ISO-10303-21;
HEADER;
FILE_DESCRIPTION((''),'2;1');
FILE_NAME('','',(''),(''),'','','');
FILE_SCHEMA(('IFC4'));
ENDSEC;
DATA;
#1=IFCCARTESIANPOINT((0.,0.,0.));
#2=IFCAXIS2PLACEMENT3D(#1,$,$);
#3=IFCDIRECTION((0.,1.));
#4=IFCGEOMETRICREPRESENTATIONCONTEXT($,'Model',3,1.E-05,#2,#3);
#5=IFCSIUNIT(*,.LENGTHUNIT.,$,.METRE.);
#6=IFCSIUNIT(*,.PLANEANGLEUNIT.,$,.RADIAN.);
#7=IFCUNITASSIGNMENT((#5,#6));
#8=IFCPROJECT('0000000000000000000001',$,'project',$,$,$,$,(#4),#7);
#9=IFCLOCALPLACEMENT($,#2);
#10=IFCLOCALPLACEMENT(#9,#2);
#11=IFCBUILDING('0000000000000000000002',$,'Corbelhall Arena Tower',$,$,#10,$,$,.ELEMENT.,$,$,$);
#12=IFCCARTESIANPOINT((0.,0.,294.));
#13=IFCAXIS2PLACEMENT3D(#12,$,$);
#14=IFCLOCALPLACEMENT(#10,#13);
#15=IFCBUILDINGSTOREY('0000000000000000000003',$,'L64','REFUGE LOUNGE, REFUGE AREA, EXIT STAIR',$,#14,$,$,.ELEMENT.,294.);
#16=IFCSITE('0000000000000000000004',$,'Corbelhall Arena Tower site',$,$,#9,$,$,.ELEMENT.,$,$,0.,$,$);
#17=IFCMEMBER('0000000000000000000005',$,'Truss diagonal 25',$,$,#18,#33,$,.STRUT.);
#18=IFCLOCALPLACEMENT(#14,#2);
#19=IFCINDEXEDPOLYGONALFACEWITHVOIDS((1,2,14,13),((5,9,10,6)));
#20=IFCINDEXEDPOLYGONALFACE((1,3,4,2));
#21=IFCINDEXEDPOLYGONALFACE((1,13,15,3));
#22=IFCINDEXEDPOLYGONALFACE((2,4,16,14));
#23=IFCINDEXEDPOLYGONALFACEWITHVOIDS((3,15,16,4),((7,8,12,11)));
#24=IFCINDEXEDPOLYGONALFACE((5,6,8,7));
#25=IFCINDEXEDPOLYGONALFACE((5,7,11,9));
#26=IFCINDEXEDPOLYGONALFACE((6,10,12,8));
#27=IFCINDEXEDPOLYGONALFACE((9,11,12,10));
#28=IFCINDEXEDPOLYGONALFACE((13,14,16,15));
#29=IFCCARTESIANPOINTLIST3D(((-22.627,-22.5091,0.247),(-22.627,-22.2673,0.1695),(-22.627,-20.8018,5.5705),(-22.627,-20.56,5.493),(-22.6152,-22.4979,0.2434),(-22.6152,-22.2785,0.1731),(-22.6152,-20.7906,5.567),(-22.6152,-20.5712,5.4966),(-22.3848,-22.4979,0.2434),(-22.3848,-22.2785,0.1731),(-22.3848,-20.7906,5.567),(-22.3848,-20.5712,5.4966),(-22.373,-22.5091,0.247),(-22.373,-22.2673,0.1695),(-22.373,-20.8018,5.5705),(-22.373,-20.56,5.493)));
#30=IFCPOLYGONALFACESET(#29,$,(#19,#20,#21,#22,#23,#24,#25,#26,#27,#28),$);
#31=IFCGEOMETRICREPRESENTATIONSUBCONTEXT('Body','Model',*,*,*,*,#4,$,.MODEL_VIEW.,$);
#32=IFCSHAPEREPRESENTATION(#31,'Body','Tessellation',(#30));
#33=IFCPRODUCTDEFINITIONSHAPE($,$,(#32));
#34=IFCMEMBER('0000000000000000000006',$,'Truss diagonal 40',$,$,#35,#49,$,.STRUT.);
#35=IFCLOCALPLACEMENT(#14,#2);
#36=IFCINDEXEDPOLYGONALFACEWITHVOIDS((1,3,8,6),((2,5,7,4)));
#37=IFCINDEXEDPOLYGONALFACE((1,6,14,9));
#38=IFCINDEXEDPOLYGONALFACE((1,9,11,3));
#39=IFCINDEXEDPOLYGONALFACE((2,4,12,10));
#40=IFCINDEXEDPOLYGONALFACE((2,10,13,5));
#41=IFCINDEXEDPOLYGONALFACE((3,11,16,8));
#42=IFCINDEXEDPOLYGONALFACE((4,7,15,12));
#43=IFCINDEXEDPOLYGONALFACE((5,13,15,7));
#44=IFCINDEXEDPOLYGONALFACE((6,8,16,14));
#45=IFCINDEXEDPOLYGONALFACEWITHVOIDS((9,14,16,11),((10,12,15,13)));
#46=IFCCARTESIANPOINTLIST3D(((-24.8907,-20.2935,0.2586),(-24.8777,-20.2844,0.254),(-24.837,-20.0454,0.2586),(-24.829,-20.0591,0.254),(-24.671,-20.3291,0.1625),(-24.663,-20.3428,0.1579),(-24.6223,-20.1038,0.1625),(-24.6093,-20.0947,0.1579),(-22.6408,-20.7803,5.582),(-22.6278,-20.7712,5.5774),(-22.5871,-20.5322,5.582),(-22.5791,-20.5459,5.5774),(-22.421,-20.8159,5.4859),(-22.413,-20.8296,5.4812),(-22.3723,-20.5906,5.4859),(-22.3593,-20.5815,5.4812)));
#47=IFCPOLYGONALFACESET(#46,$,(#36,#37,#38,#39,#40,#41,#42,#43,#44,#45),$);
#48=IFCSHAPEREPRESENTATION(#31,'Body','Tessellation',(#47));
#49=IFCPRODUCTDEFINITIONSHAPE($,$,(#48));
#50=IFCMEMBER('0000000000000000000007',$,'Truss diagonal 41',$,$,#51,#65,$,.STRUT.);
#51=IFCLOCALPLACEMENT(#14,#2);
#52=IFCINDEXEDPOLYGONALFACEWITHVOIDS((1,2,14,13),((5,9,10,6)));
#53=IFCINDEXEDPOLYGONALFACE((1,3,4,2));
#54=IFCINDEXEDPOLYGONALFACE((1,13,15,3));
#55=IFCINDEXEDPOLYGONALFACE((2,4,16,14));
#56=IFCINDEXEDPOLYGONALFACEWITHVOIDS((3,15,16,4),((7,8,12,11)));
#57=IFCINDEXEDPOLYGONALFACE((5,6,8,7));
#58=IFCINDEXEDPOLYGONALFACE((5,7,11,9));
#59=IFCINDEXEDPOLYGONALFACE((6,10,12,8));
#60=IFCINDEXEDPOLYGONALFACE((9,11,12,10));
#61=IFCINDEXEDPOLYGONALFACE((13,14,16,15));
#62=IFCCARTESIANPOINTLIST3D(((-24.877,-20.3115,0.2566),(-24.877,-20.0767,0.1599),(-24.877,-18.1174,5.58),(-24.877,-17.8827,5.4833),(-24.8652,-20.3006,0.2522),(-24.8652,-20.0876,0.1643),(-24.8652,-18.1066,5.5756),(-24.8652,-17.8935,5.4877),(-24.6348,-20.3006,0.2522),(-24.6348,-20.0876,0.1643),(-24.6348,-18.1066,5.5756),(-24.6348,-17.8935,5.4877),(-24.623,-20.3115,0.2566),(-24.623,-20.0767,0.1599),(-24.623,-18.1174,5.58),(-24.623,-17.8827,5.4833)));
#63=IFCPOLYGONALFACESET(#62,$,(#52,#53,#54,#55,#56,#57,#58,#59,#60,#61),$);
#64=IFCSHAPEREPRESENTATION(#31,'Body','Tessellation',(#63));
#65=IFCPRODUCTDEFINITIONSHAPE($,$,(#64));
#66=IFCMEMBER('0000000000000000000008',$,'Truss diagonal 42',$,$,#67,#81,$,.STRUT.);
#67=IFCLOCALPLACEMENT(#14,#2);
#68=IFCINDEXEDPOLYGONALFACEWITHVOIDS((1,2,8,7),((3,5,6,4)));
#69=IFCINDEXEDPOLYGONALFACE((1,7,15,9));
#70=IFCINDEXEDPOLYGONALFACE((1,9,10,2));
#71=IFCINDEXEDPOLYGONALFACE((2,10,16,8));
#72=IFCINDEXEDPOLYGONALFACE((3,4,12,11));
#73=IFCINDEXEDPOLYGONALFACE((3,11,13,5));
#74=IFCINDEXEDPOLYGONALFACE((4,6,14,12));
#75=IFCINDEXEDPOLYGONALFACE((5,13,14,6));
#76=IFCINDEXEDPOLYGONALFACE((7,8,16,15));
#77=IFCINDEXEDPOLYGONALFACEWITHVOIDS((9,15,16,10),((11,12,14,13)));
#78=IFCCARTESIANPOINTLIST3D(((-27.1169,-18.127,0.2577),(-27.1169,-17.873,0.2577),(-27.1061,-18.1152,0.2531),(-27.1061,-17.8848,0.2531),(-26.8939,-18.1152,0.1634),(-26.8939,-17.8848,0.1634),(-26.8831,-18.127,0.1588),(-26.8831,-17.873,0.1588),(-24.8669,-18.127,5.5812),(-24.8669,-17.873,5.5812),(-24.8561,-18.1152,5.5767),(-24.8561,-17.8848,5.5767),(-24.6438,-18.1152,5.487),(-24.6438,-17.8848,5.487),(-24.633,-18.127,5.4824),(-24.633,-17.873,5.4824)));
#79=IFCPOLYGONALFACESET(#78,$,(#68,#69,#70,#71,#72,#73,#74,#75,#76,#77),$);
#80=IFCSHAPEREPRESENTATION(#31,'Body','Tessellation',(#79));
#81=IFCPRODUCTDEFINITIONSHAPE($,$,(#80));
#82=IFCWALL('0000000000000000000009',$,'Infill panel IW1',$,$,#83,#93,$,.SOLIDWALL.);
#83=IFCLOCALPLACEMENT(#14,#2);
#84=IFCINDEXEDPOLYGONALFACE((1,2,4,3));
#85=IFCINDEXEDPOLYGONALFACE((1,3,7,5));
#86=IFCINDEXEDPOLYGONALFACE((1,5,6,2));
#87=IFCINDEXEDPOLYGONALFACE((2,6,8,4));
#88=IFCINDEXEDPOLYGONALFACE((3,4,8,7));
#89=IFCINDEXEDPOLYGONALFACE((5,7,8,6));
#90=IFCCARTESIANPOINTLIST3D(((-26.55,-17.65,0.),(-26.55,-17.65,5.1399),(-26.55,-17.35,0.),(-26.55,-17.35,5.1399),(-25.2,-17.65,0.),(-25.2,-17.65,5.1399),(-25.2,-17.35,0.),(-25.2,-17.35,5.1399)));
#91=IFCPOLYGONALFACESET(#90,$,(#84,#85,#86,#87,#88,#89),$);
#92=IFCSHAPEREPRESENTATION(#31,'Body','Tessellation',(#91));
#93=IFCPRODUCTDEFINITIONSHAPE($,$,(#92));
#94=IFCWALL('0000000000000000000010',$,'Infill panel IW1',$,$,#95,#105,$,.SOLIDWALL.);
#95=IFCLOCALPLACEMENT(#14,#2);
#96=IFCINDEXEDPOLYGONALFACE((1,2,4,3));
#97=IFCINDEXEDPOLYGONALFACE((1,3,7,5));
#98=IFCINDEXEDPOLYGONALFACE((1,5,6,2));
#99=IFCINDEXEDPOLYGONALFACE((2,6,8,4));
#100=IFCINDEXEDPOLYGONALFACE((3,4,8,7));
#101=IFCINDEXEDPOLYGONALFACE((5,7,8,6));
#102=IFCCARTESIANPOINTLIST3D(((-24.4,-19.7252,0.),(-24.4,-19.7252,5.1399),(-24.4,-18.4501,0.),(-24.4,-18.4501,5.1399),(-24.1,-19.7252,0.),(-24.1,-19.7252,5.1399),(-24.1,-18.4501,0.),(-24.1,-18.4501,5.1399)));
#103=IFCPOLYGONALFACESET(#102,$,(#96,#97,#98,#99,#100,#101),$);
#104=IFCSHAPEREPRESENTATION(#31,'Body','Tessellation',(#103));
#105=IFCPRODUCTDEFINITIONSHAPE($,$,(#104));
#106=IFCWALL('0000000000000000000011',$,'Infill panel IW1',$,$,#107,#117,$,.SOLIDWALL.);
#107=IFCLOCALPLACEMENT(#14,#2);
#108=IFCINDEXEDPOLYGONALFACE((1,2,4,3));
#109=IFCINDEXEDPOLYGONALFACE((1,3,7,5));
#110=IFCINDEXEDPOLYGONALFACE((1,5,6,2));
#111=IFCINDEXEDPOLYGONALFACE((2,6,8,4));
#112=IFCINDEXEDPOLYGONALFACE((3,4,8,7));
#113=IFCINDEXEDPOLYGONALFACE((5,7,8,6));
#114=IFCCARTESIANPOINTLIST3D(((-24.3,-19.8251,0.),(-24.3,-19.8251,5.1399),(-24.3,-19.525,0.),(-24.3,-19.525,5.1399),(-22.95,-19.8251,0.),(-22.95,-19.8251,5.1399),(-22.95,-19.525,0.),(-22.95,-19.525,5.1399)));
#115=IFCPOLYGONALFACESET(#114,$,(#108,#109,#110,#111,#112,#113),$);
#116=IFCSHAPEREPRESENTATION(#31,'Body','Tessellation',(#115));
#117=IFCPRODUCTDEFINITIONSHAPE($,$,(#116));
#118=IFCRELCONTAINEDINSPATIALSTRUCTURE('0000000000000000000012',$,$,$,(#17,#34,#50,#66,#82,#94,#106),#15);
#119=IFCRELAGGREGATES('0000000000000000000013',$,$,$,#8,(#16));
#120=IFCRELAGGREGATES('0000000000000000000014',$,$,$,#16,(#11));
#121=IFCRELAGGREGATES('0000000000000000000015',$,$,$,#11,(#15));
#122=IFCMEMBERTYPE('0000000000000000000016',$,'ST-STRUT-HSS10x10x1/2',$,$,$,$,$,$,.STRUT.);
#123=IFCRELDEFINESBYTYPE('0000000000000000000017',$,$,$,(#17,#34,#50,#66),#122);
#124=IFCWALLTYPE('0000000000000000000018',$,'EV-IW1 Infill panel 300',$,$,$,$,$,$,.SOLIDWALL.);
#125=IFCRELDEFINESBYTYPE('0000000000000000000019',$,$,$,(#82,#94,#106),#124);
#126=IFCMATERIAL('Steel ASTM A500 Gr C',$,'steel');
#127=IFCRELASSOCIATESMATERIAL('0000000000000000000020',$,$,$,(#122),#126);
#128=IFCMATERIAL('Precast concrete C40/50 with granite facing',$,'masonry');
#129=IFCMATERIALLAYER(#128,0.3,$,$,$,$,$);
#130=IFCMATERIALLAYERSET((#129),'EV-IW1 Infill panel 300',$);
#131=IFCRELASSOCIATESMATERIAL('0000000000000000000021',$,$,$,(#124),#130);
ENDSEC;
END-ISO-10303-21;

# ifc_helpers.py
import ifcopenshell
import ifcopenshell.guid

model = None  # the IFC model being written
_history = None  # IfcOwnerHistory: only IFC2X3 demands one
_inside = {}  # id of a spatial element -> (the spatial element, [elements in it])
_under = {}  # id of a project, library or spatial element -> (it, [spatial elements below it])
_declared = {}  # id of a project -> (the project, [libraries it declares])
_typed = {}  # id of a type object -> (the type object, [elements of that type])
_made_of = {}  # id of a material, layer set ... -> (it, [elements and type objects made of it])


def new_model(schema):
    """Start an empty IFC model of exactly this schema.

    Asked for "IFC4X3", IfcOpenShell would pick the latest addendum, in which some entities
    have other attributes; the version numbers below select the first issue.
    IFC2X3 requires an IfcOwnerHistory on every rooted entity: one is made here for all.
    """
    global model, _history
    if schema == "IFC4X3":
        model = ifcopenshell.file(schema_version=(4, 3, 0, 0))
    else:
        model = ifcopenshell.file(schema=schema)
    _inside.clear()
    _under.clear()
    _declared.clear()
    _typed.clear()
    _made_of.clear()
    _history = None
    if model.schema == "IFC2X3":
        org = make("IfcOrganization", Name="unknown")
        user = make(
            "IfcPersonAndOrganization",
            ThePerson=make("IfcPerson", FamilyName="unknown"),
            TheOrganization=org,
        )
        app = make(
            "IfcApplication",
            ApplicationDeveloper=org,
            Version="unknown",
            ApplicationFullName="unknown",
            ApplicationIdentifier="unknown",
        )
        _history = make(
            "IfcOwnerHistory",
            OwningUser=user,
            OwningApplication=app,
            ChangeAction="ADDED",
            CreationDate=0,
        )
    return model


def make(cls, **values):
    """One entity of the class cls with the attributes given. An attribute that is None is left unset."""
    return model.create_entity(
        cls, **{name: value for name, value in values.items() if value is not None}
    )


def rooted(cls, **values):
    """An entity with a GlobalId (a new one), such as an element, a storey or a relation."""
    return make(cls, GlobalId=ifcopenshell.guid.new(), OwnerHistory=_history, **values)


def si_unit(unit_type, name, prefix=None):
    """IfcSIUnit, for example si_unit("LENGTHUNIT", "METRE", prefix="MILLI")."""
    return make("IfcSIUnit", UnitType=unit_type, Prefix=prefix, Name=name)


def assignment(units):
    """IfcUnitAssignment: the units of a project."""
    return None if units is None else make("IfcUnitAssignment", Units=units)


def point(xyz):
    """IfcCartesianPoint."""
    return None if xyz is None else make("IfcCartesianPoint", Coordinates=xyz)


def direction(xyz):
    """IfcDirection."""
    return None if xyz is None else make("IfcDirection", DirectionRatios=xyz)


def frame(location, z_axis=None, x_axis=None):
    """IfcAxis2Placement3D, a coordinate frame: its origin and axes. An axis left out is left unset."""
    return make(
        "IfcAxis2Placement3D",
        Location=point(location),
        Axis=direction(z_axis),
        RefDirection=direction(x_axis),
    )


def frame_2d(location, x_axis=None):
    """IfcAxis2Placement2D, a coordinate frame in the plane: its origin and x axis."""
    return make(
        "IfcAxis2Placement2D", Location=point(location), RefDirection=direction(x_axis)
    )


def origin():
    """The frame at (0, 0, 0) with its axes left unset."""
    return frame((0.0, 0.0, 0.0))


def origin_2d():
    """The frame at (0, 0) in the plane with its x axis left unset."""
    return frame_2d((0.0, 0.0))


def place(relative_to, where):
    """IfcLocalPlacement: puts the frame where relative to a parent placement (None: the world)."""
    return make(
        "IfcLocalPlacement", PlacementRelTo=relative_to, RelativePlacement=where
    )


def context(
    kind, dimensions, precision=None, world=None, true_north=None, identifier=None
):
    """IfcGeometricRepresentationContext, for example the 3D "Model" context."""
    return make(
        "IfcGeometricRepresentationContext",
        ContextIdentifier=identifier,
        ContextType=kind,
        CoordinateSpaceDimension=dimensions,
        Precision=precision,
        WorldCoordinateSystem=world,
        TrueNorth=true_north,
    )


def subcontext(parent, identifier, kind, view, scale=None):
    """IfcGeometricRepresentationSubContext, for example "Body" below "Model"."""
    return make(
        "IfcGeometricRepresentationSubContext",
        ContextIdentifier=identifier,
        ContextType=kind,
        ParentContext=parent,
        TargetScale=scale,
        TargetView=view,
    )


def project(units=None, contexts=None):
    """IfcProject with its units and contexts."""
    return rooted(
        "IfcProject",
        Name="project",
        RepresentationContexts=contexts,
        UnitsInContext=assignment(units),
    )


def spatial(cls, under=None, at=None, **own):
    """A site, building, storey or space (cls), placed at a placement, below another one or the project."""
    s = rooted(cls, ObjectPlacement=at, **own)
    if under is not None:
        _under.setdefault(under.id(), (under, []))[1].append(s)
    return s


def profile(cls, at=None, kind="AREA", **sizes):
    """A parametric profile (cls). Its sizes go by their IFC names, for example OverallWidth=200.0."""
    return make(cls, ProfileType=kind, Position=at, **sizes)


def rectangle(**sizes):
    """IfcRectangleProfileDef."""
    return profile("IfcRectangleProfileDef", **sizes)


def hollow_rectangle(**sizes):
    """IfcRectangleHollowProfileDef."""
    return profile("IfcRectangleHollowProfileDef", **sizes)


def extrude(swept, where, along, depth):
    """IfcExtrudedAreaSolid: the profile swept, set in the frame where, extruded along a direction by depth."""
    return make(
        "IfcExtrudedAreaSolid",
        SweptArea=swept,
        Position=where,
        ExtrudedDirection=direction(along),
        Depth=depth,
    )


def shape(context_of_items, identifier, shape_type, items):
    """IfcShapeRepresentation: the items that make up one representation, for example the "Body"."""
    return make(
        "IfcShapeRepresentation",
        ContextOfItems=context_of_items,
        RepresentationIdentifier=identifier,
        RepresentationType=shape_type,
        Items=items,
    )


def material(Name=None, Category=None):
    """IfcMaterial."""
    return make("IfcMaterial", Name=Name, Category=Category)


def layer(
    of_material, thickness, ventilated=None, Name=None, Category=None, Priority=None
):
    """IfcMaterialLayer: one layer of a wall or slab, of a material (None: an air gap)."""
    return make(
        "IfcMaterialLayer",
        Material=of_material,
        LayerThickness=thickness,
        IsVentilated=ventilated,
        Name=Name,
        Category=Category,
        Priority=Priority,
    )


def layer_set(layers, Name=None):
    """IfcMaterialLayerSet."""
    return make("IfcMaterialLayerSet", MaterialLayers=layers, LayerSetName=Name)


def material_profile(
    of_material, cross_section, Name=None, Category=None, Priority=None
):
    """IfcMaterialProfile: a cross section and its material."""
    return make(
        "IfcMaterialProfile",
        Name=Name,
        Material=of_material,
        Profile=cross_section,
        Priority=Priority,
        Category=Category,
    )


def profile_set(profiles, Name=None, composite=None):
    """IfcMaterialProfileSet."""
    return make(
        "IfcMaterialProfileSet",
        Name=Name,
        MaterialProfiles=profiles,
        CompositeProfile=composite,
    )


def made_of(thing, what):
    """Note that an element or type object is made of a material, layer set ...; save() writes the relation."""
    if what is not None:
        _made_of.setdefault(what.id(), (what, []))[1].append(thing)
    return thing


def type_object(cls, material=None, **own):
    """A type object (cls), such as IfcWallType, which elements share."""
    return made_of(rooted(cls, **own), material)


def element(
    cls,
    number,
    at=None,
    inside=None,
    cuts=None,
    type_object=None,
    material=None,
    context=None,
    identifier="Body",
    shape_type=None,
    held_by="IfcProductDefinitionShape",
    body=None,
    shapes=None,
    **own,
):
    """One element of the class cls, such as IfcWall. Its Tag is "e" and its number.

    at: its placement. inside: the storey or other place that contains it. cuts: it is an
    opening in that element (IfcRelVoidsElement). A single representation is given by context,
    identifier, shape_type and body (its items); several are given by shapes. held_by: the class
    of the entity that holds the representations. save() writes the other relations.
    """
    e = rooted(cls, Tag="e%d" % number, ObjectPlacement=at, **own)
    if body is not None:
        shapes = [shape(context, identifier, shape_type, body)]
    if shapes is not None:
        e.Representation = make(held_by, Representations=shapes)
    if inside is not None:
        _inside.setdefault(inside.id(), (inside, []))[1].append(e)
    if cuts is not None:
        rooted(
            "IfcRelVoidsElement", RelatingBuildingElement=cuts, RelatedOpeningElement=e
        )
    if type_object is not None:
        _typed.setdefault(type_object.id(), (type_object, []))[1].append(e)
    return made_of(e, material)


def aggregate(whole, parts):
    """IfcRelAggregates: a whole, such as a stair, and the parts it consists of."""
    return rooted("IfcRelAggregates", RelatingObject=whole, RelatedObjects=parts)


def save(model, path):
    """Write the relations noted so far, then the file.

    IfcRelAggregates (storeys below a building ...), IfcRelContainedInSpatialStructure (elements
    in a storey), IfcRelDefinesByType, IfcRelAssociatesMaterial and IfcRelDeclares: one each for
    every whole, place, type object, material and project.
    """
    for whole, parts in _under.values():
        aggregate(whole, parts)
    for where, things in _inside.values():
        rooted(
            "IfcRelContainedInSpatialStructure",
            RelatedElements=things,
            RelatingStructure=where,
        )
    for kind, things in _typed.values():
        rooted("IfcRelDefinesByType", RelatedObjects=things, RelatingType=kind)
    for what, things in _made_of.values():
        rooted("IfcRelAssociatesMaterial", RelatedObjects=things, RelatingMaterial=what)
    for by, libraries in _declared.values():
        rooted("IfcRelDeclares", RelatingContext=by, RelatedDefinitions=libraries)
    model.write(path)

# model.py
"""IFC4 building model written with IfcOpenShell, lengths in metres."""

from ifc_helpers import new_model, si_unit, direction, frame, frame_2d, origin, origin_2d, place, context, subcontext, project, spatial, rectangle, hollow_rectangle, extrude, material, layer, layer_set, material_profile, profile_set, type_object, element, save


model = new_model("IFC4")

# Units and contexts
model_context = context("Model", 3, precision=1e-05, world=origin(), true_north=direction((0.0, 1.0)))
body_context = subcontext(model_context, "Body", "Model", "MODEL_VIEW")
ifc_project = project(units=[si_unit("LENGTHUNIT", "METRE"), si_unit("PLANEANGLEUNIT", "RADIAN")], contexts=[model_context])

# Site, building, storey
site_placement = place(None, origin())
site = spatial("IfcSite", under=ifc_project, at=site_placement, Name="Corbelhall Arena Tower site", CompositionType="ELEMENT", RefElevation=0.0)
building_placement = place(site_placement, origin())
building = spatial("IfcBuilding", under=site, at=building_placement, Name="Corbelhall Arena Tower", CompositionType="ELEMENT")
storey_placement = place(building_placement, frame((0.0, 0.0, 294.0)))
storey = spatial("IfcBuildingStorey", under=building, at=storey_placement, Name="L64", Description="REFUGE LOUNGE, REFUGE AREA, EXIT STAIR", CompositionType="ELEMENT", Elevation=294.0)

# Members
ifc_material_1 = material(Name="Steel ASTM A500 Gr C", Category="steel")
ifc_material_profile_1 = material_profile(ifc_material_1, hollow_rectangle(XDim=0.2539, YDim=0.2539, WallThickness=0.0117, at=origin_2d()))
ifc_profile_set_1 = profile_set([ifc_material_profile_1], Name="Steel ASTM A500 Gr C")
member_type_1 = type_object("IfcMemberType", Name="ST-STRUT-HSS10x10x1/2", PredefinedType="STRUT", material=ifc_profile_set_1)
member_1_placement = place(storey_placement, frame((-22.5, -22.3882, 0.2083), z_axis=(0.0, 0.305386, 0.952229), x_axis=(-1.0, 0.0, 0.0)))
element("IfcMember", 1, at=member_1_placement, inside=storey, type_object=member_type_1, Name="Truss diagonal 25", PredefinedType="STRUT", context=body_context, shape_type="SweptSolid", body=[
    extrude(hollow_rectangle(XDim=0.2539, YDim=0.2539, WallThickness=0.0117, at=origin_2d()), origin(), (0.0, 0.0, 1.0), 5.5906),
])
member_2_placement = place(storey_placement, frame((-24.75, -20.1941, 0.2083), z_axis=(0.387937, -0.083935, 0.917856), x_axis=(0.21147, 0.977385, 0.0)))
element("IfcMember", 2, at=member_2_placement, inside=storey, type_object=member_type_1, Name="Truss diagonal 40", PredefinedType="STRUT", context=body_context, shape_type="SweptSolid", body=[
    extrude(hollow_rectangle(XDim=0.2539, YDim=0.2539, WallThickness=0.0117, at=origin_2d()), origin(), (0.0, 0.0, 1.0), 5.7998),
])
member_3_placement = place(storey_placement, frame((-24.75, -20.1941, 0.2083), z_axis=(0.0, 0.381057, 0.924552), x_axis=(-1.0, 0.0, 0.0)))
element("IfcMember", 3, at=member_3_placement, inside=storey, type_object=member_type_1, Name="Truss diagonal 41", PredefinedType="STRUT", context=body_context, shape_type="SweptSolid", body=[
    extrude(hollow_rectangle(XDim=0.2539, YDim=0.2539, WallThickness=0.0117, at=origin_2d()), origin(), (0.0, 0.0, 1.0), 5.7578),
])
member_4_placement = place(storey_placement, frame((-27.0, -18.0, 0.2083), z_axis=(0.389311, 0.0, 0.921107), x_axis=(0.0, 1.0, 0.0)))
element("IfcMember", 4, at=member_4_placement, inside=storey, type_object=member_type_1, Name="Truss diagonal 42", PredefinedType="STRUT", context=body_context, shape_type="SweptSolid", body=[
    extrude(hollow_rectangle(XDim=0.2539, YDim=0.2539, WallThickness=0.0117, at=origin_2d()), origin(), (0.0, 0.0, 1.0), 5.7795),
])

# Walls
ifc_material_2 = material(Name="Precast concrete C40/50 with granite facing", Category="masonry")
ifc_layer_1 = layer(ifc_material_2, 0.3)
ifc_layer_set_1 = layer_set([ifc_layer_1], Name="EV-IW1 Infill panel 300")
wall_type_1 = type_object("IfcWallType", Name="EV-IW1 Infill panel 300", PredefinedType="SOLIDWALL", material=ifc_layer_set_1)
wall_1_placement = place(storey_placement, frame((-26.55, -17.5, 0.0), z_axis=(0.0, 0.0, 1.0), x_axis=(1.0, 0.0, 0.0)))
element("IfcWall", 5, at=wall_1_placement, inside=storey, type_object=wall_type_1, Name="Infill panel IW1", PredefinedType="SOLIDWALL", context=body_context, shape_type="SweptSolid", body=[
    extrude(rectangle(XDim=1.3501, YDim=0.3, at=frame_2d((0.675, 0.0))), origin(), (0.0, 0.0, 1.0), 5.1399),
])
wall_2_placement = place(storey_placement, frame((-24.25, -18.45, 0.0), z_axis=(0.0, 0.0, 1.0), x_axis=(0.0, -1.0, 0.0)))
element("IfcWall", 6, at=wall_2_placement, inside=storey, type_object=wall_type_1, Name="Infill panel IW1", PredefinedType="SOLIDWALL", context=body_context, shape_type="SweptSolid", body=[
    extrude(rectangle(XDim=1.2751, YDim=0.3, at=frame_2d((0.6377, 0.0))), origin(), (0.0, 0.0, 1.0), 5.1399),
])
wall_3_placement = place(storey_placement, frame((-24.3, -19.675, 0.0), z_axis=(0.0, 0.0, 1.0), x_axis=(1.0, 0.0, 0.0)))
element("IfcWall", 7, at=wall_3_placement, inside=storey, type_object=wall_type_1, Name="Infill panel IW1", PredefinedType="SOLIDWALL", context=body_context, shape_type="SweptSolid", body=[
    extrude(rectangle(XDim=1.3501, YDim=0.3, at=frame_2d((0.675, 0.0))), origin(), (0.0, 0.0, 1.0), 5.1399),
])

save(model, "model.ifc")
